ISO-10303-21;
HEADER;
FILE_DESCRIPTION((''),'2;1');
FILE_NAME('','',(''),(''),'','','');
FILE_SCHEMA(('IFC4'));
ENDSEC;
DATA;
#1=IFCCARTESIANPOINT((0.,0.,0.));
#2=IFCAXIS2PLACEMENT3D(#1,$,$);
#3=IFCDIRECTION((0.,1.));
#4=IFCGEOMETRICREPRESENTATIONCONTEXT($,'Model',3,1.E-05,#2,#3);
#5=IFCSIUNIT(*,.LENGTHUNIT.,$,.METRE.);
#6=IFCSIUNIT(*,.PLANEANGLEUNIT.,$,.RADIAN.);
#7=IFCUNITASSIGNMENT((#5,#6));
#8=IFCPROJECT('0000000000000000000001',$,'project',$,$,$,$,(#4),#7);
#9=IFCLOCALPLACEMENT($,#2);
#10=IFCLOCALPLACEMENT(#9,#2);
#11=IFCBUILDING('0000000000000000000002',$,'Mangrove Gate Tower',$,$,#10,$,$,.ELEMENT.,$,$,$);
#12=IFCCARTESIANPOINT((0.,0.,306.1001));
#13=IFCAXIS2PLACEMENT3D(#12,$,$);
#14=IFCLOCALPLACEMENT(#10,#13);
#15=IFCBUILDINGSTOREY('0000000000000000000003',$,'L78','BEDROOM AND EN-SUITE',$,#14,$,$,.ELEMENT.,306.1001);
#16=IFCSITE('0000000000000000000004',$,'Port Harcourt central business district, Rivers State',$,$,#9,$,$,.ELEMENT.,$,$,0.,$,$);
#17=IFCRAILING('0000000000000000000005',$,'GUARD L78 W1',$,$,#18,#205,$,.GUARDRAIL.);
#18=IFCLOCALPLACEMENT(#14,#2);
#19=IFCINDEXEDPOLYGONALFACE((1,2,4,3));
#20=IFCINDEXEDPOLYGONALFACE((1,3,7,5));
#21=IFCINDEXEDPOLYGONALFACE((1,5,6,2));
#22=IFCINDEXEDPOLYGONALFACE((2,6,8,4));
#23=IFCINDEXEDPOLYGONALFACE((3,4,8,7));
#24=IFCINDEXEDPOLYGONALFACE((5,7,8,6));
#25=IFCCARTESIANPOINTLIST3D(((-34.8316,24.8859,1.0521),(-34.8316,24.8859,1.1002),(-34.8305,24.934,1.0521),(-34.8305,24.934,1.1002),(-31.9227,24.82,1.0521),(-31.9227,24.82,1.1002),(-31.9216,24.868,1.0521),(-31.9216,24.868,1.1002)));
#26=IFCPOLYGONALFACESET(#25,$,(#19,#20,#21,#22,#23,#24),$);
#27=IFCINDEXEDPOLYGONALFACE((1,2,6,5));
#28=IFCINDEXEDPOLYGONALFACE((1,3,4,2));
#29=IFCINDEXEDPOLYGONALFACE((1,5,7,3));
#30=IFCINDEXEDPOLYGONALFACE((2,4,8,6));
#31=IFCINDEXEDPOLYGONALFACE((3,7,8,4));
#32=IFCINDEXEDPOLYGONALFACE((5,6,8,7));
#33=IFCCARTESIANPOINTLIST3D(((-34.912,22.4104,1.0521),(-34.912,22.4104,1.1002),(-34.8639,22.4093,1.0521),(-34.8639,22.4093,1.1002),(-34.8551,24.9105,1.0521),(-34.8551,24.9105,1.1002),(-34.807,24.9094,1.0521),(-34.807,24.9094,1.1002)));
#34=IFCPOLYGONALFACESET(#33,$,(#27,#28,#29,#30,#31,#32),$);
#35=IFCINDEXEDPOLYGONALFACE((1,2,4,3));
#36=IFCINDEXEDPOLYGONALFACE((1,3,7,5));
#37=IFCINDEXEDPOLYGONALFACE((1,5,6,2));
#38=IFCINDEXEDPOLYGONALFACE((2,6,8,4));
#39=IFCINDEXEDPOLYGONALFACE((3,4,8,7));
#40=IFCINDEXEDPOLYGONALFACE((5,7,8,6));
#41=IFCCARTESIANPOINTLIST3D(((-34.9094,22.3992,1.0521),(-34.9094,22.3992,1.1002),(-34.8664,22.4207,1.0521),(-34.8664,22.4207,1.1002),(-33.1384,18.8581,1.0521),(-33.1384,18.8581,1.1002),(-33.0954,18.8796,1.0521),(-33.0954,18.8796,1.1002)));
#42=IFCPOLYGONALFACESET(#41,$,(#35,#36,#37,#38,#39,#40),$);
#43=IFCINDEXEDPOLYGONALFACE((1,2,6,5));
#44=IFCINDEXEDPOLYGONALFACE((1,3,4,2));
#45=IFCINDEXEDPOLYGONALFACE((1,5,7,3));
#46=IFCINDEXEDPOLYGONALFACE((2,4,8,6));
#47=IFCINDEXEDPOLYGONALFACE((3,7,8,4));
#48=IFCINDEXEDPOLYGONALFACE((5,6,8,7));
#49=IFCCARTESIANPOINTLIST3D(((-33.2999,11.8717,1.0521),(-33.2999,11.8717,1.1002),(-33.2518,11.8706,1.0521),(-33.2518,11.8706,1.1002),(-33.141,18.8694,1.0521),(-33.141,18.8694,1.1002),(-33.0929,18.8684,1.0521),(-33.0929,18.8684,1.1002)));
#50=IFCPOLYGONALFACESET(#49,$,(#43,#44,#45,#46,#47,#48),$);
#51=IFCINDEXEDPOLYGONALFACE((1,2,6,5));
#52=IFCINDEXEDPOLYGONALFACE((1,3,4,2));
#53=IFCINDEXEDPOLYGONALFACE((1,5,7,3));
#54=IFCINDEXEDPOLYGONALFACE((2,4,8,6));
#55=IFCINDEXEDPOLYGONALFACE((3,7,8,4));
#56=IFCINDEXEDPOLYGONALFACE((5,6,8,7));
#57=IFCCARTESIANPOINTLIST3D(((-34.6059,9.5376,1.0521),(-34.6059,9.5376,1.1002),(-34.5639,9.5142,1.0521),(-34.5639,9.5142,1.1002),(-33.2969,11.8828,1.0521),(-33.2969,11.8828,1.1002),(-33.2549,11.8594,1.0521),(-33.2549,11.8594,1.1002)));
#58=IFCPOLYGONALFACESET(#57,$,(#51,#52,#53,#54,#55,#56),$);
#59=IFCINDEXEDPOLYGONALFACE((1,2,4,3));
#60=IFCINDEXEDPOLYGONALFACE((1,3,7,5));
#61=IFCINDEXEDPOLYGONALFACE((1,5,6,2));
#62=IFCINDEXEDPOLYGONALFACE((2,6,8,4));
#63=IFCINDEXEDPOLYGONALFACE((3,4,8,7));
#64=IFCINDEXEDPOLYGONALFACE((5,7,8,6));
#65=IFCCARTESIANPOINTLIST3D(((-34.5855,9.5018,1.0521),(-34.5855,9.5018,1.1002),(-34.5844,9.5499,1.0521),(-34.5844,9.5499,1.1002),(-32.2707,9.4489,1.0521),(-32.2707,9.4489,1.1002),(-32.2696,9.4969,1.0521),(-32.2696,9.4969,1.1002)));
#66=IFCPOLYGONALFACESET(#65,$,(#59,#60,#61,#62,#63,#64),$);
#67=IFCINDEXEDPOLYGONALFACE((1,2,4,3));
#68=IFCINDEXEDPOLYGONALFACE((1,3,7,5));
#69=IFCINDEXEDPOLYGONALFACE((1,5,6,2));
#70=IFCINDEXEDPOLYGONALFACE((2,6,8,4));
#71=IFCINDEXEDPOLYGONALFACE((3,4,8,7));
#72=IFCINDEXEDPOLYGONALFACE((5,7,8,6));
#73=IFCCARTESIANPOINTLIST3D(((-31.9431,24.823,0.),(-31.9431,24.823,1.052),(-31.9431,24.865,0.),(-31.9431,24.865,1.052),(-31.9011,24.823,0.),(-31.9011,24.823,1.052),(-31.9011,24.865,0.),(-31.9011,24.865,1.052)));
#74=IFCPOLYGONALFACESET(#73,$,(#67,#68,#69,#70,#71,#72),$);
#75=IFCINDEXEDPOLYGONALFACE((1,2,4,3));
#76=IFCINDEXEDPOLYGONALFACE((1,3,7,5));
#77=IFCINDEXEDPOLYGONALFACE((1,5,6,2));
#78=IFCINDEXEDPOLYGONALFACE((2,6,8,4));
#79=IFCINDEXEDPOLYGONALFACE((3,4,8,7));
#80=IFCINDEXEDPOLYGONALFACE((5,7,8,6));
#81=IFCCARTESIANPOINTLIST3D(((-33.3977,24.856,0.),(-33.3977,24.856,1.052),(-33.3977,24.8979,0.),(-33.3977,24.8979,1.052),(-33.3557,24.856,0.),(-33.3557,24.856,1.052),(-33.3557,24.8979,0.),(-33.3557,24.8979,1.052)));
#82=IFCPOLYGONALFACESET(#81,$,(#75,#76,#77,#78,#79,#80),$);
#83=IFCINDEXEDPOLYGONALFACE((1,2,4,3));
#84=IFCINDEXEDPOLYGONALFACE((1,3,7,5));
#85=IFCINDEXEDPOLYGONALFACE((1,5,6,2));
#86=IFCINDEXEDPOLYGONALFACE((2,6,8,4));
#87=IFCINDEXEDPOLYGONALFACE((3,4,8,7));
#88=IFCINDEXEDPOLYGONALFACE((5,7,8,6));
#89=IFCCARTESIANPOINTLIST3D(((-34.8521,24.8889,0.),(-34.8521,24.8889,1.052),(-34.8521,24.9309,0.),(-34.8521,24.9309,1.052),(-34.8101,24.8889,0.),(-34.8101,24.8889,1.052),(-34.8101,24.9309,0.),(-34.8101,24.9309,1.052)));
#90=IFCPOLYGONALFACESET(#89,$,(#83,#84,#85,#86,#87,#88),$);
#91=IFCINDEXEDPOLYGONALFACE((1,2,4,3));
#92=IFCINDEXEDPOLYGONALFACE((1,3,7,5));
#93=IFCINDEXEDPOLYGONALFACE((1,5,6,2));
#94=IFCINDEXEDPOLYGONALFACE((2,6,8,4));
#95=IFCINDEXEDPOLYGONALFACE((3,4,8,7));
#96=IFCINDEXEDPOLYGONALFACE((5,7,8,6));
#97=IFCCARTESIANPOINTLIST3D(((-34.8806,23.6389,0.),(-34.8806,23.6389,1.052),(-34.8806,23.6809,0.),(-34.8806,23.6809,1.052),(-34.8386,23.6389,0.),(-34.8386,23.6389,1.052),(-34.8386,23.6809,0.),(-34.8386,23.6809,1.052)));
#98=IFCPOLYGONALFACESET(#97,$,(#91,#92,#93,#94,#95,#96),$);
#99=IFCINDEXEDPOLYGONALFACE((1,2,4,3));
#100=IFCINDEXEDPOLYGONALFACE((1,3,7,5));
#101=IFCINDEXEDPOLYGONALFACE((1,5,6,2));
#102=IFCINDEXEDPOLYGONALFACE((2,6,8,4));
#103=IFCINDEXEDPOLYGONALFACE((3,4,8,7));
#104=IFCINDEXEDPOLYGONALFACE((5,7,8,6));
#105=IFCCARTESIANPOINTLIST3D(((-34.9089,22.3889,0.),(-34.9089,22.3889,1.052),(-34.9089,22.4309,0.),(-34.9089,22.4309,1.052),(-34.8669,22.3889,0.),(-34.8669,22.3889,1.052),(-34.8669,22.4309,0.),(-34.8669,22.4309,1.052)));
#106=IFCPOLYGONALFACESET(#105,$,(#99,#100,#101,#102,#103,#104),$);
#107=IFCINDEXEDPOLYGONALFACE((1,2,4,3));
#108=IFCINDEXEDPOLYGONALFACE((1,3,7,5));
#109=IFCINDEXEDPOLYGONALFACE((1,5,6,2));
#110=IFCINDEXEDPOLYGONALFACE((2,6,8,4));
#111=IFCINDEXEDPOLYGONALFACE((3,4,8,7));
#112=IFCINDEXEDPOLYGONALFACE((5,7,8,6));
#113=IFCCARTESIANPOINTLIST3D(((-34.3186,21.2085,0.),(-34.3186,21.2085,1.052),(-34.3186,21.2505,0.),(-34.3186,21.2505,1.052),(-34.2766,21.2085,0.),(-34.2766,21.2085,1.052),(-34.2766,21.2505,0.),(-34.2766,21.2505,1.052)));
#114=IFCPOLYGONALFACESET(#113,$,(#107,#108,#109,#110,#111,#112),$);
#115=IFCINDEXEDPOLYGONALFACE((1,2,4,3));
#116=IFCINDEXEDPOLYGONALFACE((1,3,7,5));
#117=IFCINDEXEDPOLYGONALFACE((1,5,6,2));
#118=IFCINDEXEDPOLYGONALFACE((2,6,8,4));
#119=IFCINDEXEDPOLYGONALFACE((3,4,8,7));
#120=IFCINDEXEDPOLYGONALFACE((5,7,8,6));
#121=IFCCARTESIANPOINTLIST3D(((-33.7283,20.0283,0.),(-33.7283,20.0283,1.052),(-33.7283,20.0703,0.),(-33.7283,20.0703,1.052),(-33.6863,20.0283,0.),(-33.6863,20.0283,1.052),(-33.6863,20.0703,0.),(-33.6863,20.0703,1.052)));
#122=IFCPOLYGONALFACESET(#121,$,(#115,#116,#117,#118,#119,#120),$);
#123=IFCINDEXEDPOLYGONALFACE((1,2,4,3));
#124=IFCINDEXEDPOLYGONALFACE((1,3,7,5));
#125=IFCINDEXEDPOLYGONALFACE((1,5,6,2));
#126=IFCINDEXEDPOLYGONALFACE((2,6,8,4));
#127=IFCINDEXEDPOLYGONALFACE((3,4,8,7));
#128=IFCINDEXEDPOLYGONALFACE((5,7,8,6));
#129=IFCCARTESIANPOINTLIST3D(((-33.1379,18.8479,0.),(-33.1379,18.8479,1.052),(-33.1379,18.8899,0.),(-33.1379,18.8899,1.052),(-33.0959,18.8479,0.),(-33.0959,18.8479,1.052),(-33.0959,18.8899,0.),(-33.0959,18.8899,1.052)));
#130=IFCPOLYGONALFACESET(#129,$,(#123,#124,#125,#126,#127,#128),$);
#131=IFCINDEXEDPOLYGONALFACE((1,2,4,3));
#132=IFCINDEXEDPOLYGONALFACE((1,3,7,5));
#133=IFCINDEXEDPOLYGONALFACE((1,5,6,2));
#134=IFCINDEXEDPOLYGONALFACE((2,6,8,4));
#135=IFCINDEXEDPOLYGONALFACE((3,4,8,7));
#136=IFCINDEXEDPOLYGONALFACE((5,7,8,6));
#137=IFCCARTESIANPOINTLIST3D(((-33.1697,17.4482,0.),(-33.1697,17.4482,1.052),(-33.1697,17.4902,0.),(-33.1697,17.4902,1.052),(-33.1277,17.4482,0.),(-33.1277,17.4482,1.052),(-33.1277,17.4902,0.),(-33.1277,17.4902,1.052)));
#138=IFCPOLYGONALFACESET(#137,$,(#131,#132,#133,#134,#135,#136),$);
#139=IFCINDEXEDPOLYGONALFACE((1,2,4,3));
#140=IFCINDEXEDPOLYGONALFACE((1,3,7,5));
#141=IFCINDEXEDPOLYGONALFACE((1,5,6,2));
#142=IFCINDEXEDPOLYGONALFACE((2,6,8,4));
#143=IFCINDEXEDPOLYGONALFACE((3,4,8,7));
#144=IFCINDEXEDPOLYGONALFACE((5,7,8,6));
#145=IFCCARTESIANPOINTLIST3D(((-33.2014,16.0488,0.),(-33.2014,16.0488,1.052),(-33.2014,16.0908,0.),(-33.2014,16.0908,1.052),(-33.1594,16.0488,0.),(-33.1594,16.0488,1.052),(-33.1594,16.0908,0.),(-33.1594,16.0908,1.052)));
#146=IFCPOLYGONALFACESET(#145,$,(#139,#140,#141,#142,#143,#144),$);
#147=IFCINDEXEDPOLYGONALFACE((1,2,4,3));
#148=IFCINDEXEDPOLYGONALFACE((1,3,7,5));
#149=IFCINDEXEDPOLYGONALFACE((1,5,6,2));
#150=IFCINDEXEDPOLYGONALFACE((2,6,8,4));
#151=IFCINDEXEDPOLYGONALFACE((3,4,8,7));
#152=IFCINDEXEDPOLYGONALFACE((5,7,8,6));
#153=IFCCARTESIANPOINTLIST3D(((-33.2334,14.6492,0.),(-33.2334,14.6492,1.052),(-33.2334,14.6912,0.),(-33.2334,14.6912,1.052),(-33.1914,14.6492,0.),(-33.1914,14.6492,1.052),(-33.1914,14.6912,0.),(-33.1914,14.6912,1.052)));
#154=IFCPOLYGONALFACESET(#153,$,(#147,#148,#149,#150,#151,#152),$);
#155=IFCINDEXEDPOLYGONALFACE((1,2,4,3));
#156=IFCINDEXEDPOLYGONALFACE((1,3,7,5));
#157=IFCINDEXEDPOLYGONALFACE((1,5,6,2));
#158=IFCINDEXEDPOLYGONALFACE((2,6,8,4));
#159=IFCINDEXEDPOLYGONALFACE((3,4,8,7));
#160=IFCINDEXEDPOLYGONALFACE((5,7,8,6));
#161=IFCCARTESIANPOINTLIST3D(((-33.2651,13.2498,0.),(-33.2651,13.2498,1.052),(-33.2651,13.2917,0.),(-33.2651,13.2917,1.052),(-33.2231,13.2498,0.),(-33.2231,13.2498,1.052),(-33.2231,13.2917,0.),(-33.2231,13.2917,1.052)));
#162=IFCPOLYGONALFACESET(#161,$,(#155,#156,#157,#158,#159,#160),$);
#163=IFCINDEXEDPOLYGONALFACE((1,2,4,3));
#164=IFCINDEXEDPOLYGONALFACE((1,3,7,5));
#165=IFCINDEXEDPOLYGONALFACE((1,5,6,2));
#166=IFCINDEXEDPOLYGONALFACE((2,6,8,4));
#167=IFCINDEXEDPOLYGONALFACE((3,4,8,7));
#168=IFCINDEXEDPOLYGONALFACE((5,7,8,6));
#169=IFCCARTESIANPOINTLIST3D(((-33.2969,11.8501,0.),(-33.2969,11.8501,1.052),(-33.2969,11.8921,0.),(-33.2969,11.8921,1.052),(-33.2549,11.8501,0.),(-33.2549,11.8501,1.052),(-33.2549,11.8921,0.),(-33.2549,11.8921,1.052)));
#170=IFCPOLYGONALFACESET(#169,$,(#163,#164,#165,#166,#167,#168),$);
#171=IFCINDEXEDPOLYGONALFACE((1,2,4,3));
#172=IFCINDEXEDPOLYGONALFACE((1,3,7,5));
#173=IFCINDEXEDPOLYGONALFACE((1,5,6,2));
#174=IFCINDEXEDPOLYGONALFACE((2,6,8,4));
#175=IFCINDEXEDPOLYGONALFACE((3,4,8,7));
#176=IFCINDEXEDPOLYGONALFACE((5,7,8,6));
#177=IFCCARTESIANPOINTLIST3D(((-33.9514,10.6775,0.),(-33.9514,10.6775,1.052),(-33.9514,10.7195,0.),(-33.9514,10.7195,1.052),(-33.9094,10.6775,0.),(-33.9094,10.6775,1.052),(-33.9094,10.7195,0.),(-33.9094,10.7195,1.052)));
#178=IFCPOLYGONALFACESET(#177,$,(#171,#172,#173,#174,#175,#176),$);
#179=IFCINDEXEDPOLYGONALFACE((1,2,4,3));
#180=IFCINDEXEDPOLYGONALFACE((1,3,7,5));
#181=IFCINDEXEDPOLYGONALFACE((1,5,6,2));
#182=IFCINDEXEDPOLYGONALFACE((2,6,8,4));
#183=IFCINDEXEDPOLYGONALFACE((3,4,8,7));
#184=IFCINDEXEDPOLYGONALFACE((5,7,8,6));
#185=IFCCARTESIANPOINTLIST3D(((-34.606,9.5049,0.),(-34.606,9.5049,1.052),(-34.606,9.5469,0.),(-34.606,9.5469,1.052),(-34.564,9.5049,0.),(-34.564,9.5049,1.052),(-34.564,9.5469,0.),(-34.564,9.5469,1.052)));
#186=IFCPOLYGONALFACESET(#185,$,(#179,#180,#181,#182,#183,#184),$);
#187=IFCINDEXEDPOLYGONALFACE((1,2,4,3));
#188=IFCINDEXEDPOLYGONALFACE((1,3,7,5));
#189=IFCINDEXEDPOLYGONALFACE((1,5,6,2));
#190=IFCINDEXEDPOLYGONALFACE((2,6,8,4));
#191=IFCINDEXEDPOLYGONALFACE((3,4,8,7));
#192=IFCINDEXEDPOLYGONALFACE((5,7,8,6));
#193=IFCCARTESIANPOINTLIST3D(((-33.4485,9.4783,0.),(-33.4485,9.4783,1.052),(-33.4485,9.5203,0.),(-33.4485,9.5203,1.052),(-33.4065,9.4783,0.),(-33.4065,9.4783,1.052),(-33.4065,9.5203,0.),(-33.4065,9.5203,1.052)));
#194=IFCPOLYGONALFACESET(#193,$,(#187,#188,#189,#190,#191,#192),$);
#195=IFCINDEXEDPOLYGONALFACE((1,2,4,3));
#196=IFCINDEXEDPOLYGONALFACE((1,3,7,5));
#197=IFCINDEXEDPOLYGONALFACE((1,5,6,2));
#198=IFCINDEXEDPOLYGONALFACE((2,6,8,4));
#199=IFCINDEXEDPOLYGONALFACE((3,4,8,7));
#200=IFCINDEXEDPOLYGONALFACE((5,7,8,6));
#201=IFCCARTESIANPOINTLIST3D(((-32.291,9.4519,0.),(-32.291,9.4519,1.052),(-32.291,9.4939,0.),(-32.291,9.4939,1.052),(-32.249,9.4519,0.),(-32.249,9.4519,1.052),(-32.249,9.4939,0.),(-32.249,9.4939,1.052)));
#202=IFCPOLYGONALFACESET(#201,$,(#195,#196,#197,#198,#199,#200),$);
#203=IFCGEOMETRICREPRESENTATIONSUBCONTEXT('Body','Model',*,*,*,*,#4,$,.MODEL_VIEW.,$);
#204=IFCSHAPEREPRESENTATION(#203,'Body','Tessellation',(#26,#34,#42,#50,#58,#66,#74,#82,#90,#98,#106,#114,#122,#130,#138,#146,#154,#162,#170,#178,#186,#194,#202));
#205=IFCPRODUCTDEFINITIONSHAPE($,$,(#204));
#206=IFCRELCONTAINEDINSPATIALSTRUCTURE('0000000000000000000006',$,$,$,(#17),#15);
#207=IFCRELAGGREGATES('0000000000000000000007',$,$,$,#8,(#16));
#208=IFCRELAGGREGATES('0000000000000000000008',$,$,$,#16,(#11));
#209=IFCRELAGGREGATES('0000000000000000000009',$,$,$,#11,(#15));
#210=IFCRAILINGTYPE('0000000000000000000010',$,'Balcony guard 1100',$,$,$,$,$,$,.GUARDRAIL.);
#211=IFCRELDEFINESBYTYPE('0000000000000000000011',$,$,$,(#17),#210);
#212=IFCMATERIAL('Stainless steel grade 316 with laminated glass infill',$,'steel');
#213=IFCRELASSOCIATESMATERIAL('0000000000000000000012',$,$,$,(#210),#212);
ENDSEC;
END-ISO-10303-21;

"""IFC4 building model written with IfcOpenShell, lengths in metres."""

from ifc_helpers import new_model, si_unit, direction, frame, origin, origin_2d, place, context, subcontext, project, spatial, rectangle, extrude, material, type_object, element, save


model = new_model("IFC4")

# Units and contexts
model_context = context("Model", 3, precision=1e-05, world=origin(), true_north=direction((0.0, 1.0)))
body_context = subcontext(model_context, "Body", "Model", "MODEL_VIEW")
ifc_project = project(units=[si_unit("LENGTHUNIT", "METRE"), si_unit("PLANEANGLEUNIT", "RADIAN")], contexts=[model_context])

# Site, building, storey
site_placement = place(None, origin())
site = spatial("IfcSite", under=ifc_project, at=site_placement, Name="Port Harcourt central business district, Rivers State", CompositionType="ELEMENT", RefElevation=0.0)
building_placement = place(site_placement, origin())
building = spatial("IfcBuilding", under=site, at=building_placement, Name="Mangrove Gate Tower", CompositionType="ELEMENT")
storey_placement = place(building_placement, frame((0.0, 0.0, 306.1001)))
storey = spatial("IfcBuildingStorey", under=building, at=storey_placement, Name="L78", Description="BEDROOM AND EN-SUITE", CompositionType="ELEMENT", Elevation=306.1001)

# Railing
ifc_material_1 = material(Name="Stainless steel grade 316 with laminated glass infill", Category="steel")
railing_type = type_object("IfcRailingType", Name="Balcony guard 1100", PredefinedType="GUARDRAIL", material=ifc_material_1)
railing_placement = place(storey_placement, frame((-31.9221, 24.844, 0.0)))
element("IfcRailing", 1, at=railing_placement, inside=storey, type_object=railing_type, Name="GUARD L78 W1", PredefinedType="GUARDRAIL", context=body_context, shape_type="SweptSolid", body=[
    extrude(rectangle(XDim=0.0481, YDim=0.0481, at=origin_2d()), frame((0.0, 0.0, 1.0762), z_axis=(-0.999743, 0.022655, 0.0), x_axis=(-0.022655, -0.999743, 0.0)), (0.0, 0.0, 1.0), 2.9097),
    extrude(rectangle(XDim=0.0481, YDim=0.0481, at=origin_2d()), frame((-2.9089, 0.0659, 1.0762), z_axis=(-0.022748, -0.999741, 0.0), x_axis=(0.999741, -0.022748, 0.0)), (0.0, 0.0, 1.0), 2.5007),
    extrude(rectangle(XDim=0.0481, YDim=0.0481, at=origin_2d()), frame((-2.9658, -2.4341, 1.0762), z_axis=(0.447312, -0.894378, 0.0), x_axis=(0.894378, 0.447312, 0.0)), (0.0, 0.0, 1.0), 3.9592),
    extrude(rectangle(XDim=0.0481, YDim=0.0481, at=origin_2d()), frame((-1.1948, -5.9751, 1.0762), z_axis=(-0.022706, -0.999742, 0.0), x_axis=(0.999742, -0.022706, 0.0)), (0.0, 0.0, 1.0), 6.9995),
    extrude(rectangle(XDim=0.0481, YDim=0.0481, at=origin_2d()), frame((-1.3538, -12.9729, 1.0762), z_axis=(-0.487402, -0.873178, 0.0), x_axis=(0.873178, -0.487402, 0.0)), (0.0, 0.0, 1.0), 2.6858),
    extrude(rectangle(XDim=0.0481, YDim=0.0481, at=origin_2d()), frame((-2.6628, -15.3181, 1.0762), z_axis=(0.999738, -0.022879, 0.0), x_axis=(0.022879, 0.999738, 0.0)), (0.0, 0.0, 1.0), 2.3154),
    extrude(rectangle(XDim=0.042, YDim=0.042, at=origin_2d()), origin(), (0.0, 0.0, 1.0), 1.052),
    extrude(rectangle(XDim=0.042, YDim=0.042, at=origin_2d()), frame((-1.4546, 0.033, 0.0)), (0.0, 0.0, 1.0), 1.052),
    extrude(rectangle(XDim=0.042, YDim=0.042, at=origin_2d()), frame((-2.9089, 0.0659, 0.0)), (0.0, 0.0, 1.0), 1.052),
    extrude(rectangle(XDim=0.042, YDim=0.042, at=origin_2d()), frame((-2.9375, -1.1841, 0.0)), (0.0, 0.0, 1.0), 1.052),
    extrude(rectangle(XDim=0.042, YDim=0.042, at=origin_2d()), frame((-2.9658, -2.4341, 0.0)), (0.0, 0.0, 1.0), 1.052),
    extrude(rectangle(XDim=0.042, YDim=0.042, at=origin_2d()), frame((-2.3755, -3.6145, 0.0)), (0.0, 0.0, 1.0), 1.052),
    extrude(rectangle(XDim=0.042, YDim=0.042, at=origin_2d()), frame((-1.7852, -4.7947, 0.0)), (0.0, 0.0, 1.0), 1.052),
    extrude(rectangle(XDim=0.042, YDim=0.042, at=origin_2d()), frame((-1.1948, -5.9751, 0.0)), (0.0, 0.0, 1.0), 1.052),
    extrude(rectangle(XDim=0.042, YDim=0.042, at=origin_2d()), frame((-1.2266, -7.3748, 0.0)), (0.0, 0.0, 1.0), 1.052),
    extrude(rectangle(XDim=0.042, YDim=0.042, at=origin_2d()), frame((-1.2583, -8.7742, 0.0)), (0.0, 0.0, 1.0), 1.052),
    extrude(rectangle(XDim=0.042, YDim=0.042, at=origin_2d()), frame((-1.2903, -10.1738, 0.0)), (0.0, 0.0, 1.0), 1.052),
    extrude(rectangle(XDim=0.042, YDim=0.042, at=origin_2d()), frame((-1.322, -11.5732, 0.0)), (0.0, 0.0, 1.0), 1.052),
    extrude(rectangle(XDim=0.042, YDim=0.042, at=origin_2d()), frame((-1.3538, -12.9729, 0.0)), (0.0, 0.0, 1.0), 1.052),
    extrude(rectangle(XDim=0.042, YDim=0.042, at=origin_2d()), frame((-2.0083, -14.1455, 0.0)), (0.0, 0.0, 1.0), 1.052),
    extrude(rectangle(XDim=0.042, YDim=0.042, at=origin_2d()), frame((-2.6628, -15.3181, 0.0)), (0.0, 0.0, 1.0), 1.052),
    extrude(rectangle(XDim=0.042, YDim=0.042, at=origin_2d()), frame((-1.5054, -15.3447, 0.0)), (0.0, 0.0, 1.0), 1.052),
    extrude(rectangle(XDim=0.042, YDim=0.042, at=origin_2d()), frame((-0.3479, -15.3711, 0.0)), (0.0, 0.0, 1.0), 1.052),
])

save(model, "model.ifc")
